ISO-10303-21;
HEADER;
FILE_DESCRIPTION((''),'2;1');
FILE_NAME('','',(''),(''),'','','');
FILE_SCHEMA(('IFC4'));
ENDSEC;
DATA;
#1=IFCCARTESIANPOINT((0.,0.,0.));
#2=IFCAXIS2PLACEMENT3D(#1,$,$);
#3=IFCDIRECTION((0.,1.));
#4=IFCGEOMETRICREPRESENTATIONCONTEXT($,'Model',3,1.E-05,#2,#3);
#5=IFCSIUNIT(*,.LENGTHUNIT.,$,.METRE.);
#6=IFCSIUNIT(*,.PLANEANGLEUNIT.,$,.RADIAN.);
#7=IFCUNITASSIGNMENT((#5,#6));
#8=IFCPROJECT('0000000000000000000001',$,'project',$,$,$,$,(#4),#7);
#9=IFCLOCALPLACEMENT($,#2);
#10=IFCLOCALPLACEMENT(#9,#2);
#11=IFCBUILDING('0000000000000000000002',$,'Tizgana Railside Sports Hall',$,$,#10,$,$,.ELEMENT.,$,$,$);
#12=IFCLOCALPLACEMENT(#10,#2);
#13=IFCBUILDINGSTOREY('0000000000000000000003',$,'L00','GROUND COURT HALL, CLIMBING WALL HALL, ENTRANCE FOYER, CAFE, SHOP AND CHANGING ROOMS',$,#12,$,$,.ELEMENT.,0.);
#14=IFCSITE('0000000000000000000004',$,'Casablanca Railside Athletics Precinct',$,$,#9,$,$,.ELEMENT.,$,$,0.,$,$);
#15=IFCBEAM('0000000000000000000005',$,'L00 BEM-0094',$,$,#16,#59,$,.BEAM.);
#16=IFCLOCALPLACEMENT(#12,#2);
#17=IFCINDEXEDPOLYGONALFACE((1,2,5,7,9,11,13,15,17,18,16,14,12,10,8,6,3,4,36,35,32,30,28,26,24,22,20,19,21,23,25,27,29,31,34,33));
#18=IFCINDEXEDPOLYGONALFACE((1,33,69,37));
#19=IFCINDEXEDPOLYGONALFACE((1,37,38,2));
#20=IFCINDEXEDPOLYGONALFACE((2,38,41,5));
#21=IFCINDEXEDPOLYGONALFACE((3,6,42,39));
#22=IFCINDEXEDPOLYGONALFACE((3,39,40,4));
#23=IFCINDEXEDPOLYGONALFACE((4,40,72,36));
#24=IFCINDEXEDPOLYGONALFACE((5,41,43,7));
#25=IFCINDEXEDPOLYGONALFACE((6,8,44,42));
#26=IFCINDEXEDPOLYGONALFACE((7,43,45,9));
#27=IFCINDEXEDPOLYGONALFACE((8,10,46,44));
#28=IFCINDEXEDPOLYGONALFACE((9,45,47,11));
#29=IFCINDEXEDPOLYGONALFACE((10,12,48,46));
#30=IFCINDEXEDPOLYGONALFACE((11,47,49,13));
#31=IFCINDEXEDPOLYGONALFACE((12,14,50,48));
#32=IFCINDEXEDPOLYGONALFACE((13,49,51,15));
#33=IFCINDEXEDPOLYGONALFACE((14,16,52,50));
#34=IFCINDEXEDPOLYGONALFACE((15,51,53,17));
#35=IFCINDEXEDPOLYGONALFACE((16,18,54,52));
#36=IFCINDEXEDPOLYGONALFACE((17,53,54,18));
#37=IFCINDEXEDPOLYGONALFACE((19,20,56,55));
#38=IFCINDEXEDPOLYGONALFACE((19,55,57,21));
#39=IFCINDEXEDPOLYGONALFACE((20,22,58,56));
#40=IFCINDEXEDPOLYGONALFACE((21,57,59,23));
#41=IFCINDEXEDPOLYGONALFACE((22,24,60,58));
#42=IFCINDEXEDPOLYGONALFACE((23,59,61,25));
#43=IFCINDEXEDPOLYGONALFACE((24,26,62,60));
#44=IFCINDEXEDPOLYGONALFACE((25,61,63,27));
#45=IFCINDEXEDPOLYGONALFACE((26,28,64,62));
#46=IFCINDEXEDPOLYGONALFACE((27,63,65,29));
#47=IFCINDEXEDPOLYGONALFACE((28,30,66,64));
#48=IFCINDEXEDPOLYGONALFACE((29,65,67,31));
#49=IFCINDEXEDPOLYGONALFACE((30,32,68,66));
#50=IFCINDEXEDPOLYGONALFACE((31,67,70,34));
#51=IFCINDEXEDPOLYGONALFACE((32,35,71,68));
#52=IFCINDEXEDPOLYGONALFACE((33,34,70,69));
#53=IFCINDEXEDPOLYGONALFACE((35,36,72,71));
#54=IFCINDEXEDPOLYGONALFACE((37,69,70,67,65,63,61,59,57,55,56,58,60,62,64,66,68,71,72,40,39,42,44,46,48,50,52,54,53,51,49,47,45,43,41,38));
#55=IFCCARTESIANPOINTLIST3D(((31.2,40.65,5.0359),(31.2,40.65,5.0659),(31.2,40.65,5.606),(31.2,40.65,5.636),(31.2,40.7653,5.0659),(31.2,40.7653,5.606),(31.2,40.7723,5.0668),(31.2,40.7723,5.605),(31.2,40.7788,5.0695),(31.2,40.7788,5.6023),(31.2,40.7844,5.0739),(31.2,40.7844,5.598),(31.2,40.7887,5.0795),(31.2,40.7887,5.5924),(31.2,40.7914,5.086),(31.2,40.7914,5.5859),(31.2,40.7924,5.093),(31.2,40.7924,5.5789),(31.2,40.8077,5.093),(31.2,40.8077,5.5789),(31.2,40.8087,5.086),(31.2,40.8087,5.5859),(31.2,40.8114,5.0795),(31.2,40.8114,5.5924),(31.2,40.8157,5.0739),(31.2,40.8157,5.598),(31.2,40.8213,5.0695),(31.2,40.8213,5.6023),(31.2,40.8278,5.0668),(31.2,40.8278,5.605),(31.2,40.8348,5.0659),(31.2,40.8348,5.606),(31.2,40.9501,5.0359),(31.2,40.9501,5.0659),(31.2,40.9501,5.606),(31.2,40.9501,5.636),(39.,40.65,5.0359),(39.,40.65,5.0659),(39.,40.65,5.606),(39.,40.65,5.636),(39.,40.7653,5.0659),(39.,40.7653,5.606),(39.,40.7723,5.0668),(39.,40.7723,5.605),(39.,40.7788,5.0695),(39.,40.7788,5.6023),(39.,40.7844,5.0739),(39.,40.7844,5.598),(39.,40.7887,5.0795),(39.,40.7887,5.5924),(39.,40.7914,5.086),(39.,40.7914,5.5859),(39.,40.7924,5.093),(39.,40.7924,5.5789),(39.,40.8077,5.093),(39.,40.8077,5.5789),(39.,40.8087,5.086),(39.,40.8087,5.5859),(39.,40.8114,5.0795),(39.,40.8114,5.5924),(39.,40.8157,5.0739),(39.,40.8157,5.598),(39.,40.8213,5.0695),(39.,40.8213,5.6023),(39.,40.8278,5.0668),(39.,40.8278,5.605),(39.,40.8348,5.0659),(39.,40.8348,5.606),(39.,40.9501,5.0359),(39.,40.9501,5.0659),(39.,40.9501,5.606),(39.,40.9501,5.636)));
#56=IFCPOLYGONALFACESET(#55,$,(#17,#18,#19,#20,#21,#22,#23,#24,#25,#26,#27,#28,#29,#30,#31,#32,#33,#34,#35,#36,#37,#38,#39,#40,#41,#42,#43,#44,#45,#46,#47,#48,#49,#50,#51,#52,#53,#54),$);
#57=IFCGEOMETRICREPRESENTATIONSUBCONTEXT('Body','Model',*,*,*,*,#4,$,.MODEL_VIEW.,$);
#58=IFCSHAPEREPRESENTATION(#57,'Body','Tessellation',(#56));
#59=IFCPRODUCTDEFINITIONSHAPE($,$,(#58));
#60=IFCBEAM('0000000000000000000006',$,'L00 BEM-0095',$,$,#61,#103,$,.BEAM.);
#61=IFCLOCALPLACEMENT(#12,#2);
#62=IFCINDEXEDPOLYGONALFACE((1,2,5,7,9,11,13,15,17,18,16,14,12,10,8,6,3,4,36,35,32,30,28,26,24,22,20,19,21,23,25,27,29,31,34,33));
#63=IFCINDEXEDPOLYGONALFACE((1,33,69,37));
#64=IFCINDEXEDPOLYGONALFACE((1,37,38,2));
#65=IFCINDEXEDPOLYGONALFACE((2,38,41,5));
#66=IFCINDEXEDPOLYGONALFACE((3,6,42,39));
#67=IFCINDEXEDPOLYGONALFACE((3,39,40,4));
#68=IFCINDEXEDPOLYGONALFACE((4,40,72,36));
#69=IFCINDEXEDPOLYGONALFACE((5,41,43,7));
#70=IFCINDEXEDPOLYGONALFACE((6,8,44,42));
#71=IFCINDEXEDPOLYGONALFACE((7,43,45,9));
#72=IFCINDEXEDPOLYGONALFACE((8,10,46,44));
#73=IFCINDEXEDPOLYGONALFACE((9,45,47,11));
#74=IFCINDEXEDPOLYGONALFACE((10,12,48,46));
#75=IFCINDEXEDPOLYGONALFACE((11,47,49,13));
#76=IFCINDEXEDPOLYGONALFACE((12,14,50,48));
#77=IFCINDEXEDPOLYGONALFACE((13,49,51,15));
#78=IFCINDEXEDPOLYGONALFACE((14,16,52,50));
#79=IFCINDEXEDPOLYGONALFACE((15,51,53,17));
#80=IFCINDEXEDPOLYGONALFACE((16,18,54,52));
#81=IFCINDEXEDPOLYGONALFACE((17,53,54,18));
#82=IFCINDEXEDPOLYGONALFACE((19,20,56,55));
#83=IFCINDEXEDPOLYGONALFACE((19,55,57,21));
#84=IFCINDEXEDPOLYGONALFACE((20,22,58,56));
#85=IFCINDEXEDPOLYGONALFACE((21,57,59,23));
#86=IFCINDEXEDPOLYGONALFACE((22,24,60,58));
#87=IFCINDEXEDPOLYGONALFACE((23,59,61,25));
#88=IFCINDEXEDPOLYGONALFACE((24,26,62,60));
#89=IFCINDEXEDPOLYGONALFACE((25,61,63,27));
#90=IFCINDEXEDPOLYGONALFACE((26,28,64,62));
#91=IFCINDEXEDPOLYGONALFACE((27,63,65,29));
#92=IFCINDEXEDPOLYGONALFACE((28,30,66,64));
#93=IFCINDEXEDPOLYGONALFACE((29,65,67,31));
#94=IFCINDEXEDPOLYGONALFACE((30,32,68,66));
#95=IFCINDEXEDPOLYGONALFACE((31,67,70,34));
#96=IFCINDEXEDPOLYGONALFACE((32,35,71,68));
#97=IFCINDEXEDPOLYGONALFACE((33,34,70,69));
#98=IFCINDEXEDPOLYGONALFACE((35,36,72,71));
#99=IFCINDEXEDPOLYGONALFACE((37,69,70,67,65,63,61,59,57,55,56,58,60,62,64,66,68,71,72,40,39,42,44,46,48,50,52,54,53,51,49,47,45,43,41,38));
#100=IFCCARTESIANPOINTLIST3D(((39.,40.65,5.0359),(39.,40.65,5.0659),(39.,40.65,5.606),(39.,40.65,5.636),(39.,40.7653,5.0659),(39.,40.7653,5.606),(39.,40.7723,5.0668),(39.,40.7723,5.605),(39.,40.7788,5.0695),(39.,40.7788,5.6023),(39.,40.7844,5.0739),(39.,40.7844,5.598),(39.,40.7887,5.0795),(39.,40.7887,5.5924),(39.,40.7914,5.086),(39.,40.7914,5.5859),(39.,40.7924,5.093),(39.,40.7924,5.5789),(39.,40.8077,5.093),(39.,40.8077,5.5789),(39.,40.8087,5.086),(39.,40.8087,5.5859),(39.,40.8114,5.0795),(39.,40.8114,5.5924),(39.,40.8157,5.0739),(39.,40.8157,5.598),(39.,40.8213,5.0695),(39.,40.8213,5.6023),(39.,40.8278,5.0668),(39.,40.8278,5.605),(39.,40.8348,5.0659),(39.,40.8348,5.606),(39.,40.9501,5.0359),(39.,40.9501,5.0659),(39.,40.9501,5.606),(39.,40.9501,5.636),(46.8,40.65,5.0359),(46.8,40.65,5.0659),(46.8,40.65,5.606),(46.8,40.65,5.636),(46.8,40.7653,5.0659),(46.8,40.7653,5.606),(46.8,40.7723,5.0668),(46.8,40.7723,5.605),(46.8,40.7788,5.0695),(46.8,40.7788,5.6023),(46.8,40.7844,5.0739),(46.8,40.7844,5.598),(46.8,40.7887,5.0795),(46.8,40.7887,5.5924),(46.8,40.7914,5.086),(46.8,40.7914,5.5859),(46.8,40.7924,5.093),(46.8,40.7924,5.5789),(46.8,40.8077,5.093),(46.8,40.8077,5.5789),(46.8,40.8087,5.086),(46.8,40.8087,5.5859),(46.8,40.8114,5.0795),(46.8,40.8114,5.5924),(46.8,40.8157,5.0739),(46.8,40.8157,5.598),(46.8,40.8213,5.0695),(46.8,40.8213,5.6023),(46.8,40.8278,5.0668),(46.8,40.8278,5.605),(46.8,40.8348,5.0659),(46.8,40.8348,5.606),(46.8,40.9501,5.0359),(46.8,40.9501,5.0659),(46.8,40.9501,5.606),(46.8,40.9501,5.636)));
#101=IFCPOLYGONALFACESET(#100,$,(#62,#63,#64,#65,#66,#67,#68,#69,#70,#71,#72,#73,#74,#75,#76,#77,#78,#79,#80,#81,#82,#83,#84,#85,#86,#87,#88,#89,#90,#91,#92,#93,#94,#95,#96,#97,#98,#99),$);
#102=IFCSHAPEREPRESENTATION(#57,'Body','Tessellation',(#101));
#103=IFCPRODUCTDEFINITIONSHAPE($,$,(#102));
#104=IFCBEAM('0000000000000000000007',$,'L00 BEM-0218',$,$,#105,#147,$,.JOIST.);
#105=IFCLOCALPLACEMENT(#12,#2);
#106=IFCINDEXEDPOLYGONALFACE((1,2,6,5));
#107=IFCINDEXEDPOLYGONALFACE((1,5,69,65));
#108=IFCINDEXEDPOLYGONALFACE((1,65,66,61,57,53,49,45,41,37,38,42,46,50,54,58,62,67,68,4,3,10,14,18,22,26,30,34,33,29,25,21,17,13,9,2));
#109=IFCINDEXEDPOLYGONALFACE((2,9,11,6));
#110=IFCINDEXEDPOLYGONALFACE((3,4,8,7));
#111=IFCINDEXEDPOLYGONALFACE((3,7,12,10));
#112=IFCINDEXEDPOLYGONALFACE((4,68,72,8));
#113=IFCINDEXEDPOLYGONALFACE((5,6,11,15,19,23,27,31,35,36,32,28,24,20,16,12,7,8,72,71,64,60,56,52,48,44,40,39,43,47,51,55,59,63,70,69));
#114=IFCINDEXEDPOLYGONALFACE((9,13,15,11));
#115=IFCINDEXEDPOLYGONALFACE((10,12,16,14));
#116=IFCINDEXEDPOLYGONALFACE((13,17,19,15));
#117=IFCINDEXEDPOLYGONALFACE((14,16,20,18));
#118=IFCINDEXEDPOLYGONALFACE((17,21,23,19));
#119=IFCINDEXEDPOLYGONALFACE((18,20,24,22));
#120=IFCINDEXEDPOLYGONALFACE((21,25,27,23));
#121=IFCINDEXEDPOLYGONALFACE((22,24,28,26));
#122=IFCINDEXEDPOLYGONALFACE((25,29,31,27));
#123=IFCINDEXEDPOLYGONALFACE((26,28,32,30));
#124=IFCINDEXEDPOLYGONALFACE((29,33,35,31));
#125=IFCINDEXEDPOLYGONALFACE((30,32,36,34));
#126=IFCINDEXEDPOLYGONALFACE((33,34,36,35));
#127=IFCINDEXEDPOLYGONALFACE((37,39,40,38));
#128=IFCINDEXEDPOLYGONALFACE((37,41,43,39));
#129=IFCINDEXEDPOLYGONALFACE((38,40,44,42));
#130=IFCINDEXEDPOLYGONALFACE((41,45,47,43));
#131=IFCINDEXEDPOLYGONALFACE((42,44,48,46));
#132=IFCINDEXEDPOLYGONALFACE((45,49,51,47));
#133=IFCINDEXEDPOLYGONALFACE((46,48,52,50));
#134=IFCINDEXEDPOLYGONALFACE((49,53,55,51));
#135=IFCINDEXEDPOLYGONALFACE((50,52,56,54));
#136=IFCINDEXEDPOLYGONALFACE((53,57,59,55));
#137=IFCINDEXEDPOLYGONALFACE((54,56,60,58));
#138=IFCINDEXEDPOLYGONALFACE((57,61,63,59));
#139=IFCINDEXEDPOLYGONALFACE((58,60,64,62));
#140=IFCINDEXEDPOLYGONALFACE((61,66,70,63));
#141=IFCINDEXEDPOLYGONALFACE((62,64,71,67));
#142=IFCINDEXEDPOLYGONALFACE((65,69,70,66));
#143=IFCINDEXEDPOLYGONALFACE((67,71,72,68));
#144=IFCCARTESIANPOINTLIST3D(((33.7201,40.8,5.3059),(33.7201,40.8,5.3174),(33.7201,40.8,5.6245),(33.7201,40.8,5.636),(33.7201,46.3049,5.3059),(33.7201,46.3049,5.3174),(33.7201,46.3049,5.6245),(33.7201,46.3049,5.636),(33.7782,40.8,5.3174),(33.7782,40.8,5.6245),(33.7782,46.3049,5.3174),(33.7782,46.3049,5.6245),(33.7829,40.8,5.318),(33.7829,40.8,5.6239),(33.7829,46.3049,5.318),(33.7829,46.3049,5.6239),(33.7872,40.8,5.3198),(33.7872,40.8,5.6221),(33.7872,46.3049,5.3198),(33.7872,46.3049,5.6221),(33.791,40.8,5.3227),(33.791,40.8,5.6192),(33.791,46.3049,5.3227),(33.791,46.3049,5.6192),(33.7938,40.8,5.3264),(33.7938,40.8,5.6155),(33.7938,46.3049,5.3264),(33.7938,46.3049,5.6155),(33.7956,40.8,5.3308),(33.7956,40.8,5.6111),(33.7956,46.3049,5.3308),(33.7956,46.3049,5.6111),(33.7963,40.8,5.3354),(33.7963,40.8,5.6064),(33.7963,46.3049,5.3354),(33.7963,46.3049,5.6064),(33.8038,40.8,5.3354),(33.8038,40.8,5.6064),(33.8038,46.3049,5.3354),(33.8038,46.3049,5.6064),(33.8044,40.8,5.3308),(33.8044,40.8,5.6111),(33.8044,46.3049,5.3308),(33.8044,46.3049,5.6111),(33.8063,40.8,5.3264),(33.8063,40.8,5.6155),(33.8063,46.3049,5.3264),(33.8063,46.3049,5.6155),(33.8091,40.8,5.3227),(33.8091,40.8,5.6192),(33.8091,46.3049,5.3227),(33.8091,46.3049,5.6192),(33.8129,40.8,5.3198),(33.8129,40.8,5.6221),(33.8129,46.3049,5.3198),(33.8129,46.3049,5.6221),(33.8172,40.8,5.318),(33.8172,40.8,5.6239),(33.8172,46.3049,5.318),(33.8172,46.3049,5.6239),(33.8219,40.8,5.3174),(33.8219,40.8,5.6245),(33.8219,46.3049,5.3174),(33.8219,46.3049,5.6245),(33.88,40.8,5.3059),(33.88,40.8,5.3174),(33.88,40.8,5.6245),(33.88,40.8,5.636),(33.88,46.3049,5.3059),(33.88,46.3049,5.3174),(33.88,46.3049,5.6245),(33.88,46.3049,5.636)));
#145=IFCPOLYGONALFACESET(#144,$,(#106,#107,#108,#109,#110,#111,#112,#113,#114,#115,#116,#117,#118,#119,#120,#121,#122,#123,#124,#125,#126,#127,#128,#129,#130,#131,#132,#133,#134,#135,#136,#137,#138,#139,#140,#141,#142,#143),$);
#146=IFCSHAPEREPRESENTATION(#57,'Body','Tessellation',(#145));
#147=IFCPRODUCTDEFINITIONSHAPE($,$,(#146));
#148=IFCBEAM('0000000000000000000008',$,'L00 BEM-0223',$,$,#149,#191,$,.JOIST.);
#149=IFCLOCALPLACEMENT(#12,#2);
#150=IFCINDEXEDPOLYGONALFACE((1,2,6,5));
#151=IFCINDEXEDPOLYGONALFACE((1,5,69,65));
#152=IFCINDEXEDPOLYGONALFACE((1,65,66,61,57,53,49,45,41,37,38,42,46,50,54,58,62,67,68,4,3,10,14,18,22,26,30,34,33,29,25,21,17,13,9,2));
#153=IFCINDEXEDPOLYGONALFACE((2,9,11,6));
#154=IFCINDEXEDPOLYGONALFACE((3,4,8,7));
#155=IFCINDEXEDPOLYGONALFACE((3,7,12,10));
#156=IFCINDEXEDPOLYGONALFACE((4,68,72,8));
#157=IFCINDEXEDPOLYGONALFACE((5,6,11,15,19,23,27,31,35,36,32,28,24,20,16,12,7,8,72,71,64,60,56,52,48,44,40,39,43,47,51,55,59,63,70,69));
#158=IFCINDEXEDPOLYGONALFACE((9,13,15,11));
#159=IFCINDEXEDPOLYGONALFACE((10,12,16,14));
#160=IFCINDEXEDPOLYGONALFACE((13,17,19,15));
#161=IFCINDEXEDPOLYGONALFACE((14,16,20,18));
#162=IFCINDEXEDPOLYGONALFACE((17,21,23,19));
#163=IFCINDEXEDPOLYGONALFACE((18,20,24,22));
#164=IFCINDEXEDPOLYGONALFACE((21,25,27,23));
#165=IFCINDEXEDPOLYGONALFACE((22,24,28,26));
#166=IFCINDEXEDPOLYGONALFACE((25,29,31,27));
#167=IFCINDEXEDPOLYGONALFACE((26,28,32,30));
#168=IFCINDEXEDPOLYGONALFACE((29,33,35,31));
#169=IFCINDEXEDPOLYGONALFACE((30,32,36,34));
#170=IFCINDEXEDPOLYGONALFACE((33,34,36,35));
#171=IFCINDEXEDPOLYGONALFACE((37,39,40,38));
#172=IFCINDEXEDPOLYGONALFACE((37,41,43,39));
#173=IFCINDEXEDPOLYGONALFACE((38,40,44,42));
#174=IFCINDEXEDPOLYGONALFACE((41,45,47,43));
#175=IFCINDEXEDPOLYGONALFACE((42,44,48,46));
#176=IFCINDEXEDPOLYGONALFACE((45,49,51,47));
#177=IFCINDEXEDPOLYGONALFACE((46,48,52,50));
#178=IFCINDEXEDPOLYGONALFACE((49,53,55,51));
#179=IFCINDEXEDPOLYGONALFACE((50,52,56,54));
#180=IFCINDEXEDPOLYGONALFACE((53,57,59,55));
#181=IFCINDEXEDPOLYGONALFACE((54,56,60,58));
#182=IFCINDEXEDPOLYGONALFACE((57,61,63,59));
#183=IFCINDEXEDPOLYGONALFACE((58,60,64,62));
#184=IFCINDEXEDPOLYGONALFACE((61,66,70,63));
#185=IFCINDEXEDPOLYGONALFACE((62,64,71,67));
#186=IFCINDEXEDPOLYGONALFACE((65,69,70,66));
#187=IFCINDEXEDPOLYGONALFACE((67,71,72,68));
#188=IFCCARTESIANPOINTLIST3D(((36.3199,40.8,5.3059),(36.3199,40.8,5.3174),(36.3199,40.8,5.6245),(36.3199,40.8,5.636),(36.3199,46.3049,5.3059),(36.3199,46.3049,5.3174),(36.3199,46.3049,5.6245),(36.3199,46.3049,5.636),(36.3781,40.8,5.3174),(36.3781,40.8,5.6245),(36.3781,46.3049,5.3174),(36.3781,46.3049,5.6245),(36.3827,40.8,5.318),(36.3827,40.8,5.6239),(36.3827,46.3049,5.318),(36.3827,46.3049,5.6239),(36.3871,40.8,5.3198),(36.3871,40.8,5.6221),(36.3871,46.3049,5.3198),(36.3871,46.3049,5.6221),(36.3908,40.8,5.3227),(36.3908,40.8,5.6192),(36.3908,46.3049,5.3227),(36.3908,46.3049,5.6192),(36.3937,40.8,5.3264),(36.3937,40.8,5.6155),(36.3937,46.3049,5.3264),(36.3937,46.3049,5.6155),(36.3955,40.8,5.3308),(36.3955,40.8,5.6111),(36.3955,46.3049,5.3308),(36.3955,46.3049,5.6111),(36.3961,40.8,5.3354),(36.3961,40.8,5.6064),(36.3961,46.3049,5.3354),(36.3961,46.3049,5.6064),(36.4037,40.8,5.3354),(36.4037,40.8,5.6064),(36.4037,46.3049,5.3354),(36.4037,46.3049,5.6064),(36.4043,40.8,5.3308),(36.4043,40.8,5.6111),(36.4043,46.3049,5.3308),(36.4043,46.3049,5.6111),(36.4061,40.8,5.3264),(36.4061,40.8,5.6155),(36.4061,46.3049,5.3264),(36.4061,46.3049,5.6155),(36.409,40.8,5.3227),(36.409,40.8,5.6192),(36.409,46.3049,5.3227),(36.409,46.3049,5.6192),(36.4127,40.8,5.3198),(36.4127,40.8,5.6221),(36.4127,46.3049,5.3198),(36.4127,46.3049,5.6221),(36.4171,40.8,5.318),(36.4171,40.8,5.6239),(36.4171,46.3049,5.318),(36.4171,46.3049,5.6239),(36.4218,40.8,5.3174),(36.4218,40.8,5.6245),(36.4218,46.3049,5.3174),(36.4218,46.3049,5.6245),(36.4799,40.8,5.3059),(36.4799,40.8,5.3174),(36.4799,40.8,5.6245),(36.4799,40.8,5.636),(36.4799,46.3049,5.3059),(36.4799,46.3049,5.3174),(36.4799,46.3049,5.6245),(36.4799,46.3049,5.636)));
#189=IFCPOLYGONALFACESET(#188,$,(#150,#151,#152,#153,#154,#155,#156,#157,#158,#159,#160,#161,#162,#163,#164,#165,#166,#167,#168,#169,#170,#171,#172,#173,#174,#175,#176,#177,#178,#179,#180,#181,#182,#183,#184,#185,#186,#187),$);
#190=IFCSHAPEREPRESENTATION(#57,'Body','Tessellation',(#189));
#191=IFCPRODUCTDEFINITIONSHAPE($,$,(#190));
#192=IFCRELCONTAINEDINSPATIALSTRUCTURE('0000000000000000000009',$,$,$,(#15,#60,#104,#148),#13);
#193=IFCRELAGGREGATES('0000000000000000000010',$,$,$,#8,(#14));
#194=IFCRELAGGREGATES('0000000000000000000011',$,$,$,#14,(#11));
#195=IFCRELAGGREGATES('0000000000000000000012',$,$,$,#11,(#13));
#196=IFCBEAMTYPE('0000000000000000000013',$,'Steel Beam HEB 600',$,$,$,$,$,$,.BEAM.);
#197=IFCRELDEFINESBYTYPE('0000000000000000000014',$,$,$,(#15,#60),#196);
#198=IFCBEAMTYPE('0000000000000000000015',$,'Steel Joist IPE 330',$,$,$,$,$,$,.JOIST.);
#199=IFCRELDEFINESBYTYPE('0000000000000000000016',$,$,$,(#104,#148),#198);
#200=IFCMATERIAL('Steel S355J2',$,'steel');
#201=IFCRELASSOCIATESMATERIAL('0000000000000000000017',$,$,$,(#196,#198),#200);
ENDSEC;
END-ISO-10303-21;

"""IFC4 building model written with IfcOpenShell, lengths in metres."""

from ifc_helpers import new_model, si_unit, direction, frame, origin, origin_2d, place, context, subcontext, project, spatial, i_section, extrude, material, material_profile, profile_set, type_object, element, save


model = new_model("IFC4")

# Units and contexts
model_context = context("Model", 3, precision=1e-05, world=origin(), true_north=direction((0.0, 1.0)))
body_context = subcontext(model_context, "Body", "Model", "MODEL_VIEW")
ifc_project = project(units=[si_unit("LENGTHUNIT", "METRE"), si_unit("PLANEANGLEUNIT", "RADIAN")], contexts=[model_context])

# Site, building, storey
site_placement = place(None, origin())
site = spatial("IfcSite", under=ifc_project, at=site_placement, Name="Casablanca Railside Athletics Precinct", CompositionType="ELEMENT", RefElevation=0.0)
building_placement = place(site_placement, origin())
building = spatial("IfcBuilding", under=site, at=building_placement, Name="Tizgana Railside Sports Hall", CompositionType="ELEMENT")
storey_placement = place(building_placement, origin())
storey = spatial("IfcBuildingStorey", under=building, at=storey_placement, Name="L00", Description="GROUND COURT HALL, CLIMBING WALL HALL, ENTRANCE FOYER, CAFE, SHOP AND CHANGING ROOMS", CompositionType="ELEMENT", Elevation=0.0)

# Shared definitions
ifc_material_1 = material(Name="Steel S355J2", Category="steel")

# Beams
ifc_material_profile_1 = material_profile(ifc_material_1, i_section(OverallWidth=0.3, OverallDepth=0.6001, WebThickness=0.0154, FlangeThickness=0.03, FilletRadius=0.0271, at=origin_2d()), Name="HEB 600")
ifc_profile_set_1 = profile_set([ifc_material_profile_1], Name="Steel S355J2")
beam_type_1 = type_object("IfcBeamType", Name="Steel Beam HEB 600", PredefinedType="BEAM", material=ifc_profile_set_1)
for number, where, z_axis, x_axis, name in (
    (1, (31.2, 40.8, 5.3359), (1.0, 0.0, 0.0), (0.0, 1.0, 0.0), "L00 BEM-0094"),
    (2, (39.0, 40.8, 5.3359), (1.0, 0.0, 0.0), (0.0, 1.0, 0.0), "L00 BEM-0095"),
):
    element("IfcBeam", number, at=place(storey_placement, frame(where, z_axis=z_axis, x_axis=x_axis)), inside=storey, type_object=beam_type_1, Name=name, PredefinedType="BEAM", context=body_context, shape_type="SweptSolid", body=[
        extrude(i_section(OverallWidth=0.3, OverallDepth=0.6001, WebThickness=0.0154, FlangeThickness=0.03, FilletRadius=0.0271, at=origin_2d()), origin(), (0.0, 0.0, 1.0), 7.8),
    ])
ifc_material_profile_2 = material_profile(ifc_material_1, i_section(OverallWidth=0.1599, OverallDepth=0.3301, WebThickness=0.0076, FlangeThickness=0.0115, FilletRadius=0.0181, at=origin_2d()), Name="IPE 330")
ifc_profile_set_2 = profile_set([ifc_material_profile_2], Name="Steel S355J2")
beam_type_2 = type_object("IfcBeamType", Name="Steel Joist IPE 330", PredefinedType="JOIST", material=ifc_profile_set_2)
for number, where, z_axis, x_axis, name in (
    (3, (33.8, 40.8, 5.4709), (0.0, 1.0, 0.0), (-1.0, 0.0, 0.0), "L00 BEM-0218"),
    (4, (36.3999, 40.8, 5.4709), (0.0, 1.0, 0.0), (-1.0, 0.0, 0.0), "L00 BEM-0223"),
):
    element("IfcBeam", number, at=place(storey_placement, frame(where, z_axis=z_axis, x_axis=x_axis)), inside=storey, type_object=beam_type_2, Name=name, PredefinedType="JOIST", context=body_context, shape_type="SweptSolid", body=[
        extrude(i_section(OverallWidth=0.1599, OverallDepth=0.3301, WebThickness=0.0076, FlangeThickness=0.0115, FilletRadius=0.0181, at=origin_2d()), origin(), (0.0, 0.0, 1.0), 5.5049),
    ])

save(model, "model.ifc")
